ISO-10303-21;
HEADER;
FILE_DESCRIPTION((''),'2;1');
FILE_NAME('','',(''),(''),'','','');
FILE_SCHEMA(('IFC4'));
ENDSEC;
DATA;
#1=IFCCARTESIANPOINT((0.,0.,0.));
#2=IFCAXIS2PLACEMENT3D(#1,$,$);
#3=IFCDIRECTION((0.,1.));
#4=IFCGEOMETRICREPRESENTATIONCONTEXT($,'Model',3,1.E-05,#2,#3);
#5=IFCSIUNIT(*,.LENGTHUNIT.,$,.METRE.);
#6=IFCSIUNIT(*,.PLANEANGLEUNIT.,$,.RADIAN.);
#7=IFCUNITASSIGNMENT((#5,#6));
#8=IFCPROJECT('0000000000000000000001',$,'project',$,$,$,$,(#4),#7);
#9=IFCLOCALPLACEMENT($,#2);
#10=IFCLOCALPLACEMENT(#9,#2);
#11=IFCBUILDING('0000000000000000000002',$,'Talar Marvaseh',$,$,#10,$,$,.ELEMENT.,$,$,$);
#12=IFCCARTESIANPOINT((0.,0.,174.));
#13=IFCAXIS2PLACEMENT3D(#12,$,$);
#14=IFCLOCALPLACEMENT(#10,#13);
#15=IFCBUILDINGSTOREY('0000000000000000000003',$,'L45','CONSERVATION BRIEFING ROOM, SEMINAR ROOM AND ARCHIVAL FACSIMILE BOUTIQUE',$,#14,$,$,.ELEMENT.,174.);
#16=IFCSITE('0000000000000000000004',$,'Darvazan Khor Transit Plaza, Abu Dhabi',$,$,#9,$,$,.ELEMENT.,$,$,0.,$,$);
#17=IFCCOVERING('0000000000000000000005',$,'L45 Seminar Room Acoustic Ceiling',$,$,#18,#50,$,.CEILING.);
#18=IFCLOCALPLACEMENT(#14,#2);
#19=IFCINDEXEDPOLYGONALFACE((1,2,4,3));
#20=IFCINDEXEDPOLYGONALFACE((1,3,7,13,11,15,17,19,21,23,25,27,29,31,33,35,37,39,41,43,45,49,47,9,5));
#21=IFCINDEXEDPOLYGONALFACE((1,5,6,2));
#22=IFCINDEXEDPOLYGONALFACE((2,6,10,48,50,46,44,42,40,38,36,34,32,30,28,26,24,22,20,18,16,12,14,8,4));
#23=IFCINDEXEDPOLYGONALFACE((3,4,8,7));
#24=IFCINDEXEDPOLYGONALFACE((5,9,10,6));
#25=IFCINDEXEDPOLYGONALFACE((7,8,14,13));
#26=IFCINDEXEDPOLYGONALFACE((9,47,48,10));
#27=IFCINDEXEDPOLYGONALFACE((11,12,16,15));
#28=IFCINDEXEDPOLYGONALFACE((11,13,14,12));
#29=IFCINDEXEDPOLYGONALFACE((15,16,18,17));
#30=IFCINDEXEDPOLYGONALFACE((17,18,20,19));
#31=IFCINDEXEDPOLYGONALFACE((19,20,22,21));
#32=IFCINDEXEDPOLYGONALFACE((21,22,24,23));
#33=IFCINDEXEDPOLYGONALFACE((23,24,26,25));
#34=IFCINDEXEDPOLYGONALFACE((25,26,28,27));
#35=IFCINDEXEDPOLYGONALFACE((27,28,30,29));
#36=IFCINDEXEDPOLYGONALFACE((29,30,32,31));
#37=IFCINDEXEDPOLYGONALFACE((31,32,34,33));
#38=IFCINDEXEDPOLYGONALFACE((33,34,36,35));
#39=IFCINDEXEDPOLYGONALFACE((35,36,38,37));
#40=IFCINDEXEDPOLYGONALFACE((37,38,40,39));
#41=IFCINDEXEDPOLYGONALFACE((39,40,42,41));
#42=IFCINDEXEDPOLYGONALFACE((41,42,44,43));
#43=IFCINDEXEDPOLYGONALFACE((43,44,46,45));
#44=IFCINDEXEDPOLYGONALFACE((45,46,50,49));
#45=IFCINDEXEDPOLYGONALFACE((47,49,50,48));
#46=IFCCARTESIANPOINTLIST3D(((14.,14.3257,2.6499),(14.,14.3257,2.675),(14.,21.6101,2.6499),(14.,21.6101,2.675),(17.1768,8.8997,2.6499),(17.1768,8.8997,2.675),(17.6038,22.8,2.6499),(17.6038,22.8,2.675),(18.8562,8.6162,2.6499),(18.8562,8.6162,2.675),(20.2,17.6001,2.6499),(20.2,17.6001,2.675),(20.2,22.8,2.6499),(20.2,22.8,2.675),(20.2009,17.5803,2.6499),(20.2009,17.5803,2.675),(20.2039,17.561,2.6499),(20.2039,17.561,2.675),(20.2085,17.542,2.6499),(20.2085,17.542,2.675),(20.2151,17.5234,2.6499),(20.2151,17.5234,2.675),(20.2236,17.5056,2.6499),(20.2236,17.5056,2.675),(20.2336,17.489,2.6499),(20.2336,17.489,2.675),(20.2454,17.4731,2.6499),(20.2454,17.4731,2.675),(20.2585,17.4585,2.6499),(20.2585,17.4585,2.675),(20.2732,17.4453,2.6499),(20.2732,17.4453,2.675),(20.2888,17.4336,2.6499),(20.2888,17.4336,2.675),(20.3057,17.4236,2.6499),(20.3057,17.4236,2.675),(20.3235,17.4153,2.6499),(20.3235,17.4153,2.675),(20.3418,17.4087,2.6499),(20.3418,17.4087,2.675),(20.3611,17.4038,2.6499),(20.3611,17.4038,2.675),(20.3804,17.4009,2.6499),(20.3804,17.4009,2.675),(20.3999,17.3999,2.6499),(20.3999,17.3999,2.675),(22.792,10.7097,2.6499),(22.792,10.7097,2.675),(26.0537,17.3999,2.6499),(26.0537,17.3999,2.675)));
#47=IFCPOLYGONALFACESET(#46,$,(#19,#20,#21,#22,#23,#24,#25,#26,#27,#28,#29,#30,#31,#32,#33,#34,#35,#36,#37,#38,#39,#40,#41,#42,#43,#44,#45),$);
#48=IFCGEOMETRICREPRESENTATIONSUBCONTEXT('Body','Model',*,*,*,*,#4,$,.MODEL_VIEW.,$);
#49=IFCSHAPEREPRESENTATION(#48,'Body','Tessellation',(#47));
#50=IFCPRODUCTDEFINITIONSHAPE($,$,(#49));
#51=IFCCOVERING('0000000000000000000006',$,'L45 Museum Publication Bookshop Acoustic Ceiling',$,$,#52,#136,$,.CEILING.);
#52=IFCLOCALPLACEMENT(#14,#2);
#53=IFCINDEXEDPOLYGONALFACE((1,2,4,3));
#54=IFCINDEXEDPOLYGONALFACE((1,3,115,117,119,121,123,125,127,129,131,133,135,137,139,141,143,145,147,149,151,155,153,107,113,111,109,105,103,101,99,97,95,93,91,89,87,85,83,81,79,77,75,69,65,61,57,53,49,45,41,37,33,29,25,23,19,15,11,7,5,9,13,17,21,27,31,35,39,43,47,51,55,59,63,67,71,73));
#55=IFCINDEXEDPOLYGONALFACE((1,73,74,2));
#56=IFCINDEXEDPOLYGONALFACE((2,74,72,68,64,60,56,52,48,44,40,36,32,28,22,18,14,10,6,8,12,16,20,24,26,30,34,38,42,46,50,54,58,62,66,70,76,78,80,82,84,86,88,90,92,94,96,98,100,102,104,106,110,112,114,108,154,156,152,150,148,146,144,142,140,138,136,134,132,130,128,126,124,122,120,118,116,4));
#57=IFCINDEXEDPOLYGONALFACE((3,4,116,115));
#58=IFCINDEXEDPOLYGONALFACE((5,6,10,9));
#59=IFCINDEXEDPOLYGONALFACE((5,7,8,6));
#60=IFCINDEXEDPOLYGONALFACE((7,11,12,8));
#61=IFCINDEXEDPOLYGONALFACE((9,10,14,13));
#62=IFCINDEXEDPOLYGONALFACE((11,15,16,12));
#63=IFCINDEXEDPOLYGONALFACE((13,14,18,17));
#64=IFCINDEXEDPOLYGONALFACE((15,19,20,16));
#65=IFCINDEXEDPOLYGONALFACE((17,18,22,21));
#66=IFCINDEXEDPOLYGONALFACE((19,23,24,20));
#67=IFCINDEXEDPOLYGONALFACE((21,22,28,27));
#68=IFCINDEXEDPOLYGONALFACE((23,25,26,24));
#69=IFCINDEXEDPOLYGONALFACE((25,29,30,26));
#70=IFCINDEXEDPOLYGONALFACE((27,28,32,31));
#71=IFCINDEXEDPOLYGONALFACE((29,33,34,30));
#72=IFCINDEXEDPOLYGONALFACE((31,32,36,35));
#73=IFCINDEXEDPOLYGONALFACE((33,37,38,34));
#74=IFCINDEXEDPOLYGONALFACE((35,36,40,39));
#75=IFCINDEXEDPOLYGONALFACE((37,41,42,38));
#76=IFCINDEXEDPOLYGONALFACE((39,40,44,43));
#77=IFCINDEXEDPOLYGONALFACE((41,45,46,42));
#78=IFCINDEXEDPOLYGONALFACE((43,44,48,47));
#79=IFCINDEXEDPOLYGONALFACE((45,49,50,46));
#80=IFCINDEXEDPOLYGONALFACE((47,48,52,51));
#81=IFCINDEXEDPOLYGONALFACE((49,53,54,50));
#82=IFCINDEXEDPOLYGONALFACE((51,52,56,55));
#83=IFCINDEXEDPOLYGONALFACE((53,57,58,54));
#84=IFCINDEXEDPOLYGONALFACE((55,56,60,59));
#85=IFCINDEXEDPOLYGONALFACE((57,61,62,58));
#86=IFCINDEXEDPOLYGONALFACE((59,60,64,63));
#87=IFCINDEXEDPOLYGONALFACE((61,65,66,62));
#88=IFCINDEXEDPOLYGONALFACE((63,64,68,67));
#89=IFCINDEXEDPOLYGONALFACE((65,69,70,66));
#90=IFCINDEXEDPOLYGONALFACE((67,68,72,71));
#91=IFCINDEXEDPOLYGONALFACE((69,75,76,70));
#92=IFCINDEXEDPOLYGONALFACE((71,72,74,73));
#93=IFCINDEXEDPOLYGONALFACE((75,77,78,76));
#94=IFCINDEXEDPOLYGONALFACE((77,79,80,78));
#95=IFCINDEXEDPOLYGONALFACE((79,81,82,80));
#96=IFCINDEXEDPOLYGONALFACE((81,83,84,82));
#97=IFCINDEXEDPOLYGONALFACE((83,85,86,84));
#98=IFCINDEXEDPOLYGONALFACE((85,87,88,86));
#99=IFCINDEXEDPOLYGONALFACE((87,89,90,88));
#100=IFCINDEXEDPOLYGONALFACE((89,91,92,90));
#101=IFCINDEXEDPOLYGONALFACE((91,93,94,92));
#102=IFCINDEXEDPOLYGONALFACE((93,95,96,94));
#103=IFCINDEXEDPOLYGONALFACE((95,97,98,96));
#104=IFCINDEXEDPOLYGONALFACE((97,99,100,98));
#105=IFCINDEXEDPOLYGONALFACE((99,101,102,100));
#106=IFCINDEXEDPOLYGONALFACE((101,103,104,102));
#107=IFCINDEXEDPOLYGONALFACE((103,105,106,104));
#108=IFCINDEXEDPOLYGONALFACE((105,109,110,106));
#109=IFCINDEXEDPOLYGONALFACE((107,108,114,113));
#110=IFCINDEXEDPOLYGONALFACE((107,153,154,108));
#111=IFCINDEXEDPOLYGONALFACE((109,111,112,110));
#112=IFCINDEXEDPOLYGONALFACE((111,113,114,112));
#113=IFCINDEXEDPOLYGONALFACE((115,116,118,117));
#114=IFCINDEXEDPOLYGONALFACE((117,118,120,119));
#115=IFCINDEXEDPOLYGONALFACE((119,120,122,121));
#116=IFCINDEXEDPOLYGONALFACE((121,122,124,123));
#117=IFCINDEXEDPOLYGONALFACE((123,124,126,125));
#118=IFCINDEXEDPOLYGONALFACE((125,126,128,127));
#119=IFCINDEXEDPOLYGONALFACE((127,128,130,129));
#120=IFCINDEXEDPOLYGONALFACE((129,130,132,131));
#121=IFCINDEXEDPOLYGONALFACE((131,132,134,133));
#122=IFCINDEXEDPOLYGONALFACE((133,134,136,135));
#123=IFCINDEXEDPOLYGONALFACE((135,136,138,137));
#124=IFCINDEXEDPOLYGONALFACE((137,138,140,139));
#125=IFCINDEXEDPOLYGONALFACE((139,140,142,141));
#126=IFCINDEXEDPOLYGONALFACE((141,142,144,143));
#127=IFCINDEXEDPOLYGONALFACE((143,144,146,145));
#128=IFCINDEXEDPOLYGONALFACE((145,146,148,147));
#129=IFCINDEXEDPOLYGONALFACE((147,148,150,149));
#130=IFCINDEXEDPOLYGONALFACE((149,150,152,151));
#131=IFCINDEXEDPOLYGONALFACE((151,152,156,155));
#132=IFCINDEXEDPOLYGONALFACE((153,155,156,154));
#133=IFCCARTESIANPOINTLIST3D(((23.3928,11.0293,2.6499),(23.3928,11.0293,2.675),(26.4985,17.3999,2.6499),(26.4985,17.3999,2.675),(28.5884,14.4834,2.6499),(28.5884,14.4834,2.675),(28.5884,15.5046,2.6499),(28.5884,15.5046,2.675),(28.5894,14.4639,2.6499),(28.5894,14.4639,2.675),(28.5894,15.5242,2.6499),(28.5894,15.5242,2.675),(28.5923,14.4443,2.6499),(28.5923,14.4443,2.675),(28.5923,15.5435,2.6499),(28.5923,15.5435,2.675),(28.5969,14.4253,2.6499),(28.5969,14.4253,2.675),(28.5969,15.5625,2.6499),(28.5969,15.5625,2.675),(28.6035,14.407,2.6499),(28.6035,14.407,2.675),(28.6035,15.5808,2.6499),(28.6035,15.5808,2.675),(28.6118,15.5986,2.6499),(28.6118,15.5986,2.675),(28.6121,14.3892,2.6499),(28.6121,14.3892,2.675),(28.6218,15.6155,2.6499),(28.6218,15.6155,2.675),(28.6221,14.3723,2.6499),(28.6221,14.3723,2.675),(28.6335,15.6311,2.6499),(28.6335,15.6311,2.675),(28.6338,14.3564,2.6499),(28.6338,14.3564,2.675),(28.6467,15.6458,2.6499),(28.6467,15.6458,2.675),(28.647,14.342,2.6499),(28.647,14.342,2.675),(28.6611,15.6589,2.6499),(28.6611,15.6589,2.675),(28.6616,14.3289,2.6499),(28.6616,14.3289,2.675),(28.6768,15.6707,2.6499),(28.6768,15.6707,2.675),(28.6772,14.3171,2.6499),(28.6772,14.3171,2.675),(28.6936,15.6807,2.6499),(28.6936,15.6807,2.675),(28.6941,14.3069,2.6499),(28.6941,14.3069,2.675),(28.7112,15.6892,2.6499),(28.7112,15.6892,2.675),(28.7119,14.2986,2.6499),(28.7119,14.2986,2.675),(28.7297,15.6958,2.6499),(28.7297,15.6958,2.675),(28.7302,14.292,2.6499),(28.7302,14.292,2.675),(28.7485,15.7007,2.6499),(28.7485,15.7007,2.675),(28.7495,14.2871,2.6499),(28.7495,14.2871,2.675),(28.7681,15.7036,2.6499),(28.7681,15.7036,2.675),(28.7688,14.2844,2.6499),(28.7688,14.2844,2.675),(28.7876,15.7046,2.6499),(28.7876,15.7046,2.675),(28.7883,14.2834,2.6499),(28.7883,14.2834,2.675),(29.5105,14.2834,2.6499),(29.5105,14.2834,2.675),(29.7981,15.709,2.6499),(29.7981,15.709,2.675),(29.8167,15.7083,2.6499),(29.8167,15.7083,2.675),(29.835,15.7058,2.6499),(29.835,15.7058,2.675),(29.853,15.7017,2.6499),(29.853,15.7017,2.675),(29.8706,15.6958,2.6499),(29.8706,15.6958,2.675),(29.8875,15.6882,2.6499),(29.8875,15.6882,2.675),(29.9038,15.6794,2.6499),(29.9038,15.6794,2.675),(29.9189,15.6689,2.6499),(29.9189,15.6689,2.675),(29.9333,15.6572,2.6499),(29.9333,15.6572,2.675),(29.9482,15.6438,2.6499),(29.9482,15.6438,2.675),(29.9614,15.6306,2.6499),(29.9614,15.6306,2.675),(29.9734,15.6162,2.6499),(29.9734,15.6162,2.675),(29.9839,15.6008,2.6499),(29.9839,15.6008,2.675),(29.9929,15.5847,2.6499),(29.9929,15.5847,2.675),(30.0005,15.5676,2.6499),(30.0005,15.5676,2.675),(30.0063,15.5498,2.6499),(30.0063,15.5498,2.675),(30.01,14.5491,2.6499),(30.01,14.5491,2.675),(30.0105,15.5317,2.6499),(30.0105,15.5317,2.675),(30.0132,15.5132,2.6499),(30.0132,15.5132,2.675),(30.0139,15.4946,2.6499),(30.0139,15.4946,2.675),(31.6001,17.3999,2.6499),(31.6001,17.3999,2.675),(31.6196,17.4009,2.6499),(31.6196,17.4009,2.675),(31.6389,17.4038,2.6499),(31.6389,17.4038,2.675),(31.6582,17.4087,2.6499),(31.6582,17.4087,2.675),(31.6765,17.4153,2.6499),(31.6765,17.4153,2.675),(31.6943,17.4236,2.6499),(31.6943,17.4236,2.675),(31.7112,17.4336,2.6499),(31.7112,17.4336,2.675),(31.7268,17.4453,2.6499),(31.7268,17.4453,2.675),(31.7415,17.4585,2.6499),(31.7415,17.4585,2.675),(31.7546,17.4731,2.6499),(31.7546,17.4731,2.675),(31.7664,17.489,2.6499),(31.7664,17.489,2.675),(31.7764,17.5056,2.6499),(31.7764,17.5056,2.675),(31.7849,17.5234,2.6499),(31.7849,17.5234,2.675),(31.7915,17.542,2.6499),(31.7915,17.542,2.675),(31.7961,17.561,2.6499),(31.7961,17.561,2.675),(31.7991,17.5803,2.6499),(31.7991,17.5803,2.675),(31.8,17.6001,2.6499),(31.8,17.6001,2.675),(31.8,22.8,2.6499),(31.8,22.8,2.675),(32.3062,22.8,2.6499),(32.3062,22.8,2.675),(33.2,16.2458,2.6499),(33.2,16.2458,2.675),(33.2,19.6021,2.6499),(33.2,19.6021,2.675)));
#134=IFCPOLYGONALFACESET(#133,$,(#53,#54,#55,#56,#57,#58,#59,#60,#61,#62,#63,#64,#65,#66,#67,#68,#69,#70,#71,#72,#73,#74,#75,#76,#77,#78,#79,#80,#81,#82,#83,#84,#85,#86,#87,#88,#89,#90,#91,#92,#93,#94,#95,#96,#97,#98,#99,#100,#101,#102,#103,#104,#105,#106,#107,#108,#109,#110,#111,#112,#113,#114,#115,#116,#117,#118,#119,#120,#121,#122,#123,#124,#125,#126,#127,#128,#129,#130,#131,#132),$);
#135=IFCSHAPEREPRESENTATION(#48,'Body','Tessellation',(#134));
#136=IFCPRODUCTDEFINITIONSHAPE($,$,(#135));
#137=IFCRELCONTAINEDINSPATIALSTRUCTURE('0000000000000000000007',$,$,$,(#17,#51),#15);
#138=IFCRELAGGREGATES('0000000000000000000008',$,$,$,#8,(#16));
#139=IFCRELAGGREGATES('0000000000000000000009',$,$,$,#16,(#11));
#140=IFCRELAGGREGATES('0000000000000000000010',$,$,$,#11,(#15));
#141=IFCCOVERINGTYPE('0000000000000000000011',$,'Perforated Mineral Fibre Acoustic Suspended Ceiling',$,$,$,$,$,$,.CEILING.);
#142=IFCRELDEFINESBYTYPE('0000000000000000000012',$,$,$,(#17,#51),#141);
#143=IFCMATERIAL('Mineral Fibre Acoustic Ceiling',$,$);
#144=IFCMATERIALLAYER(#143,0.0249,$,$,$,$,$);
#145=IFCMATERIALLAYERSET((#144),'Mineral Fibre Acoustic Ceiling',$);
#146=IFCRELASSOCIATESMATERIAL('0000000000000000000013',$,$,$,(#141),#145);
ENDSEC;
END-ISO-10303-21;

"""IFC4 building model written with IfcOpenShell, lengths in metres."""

from ifc_helpers import new_model, si_unit, direction, frame, origin, place, context, subcontext, project, spatial, polyline, outline, extrude, material, layer, layer_set, type_object, element, save


model = new_model("IFC4")

# Units and contexts
model_context = context("Model", 3, precision=1e-05, world=origin(), true_north=direction((0.0, 1.0)))
body_context = subcontext(model_context, "Body", "Model", "MODEL_VIEW")
ifc_project = project(units=[si_unit("LENGTHUNIT", "METRE"), si_unit("PLANEANGLEUNIT", "RADIAN")], contexts=[model_context])

# Site, building, storey
site_placement = place(None, origin())
site = spatial("IfcSite", under=ifc_project, at=site_placement, Name="Darvazan Khor Transit Plaza, Abu Dhabi", CompositionType="ELEMENT", RefElevation=0.0)
building_placement = place(site_placement, origin())
building = spatial("IfcBuilding", under=site, at=building_placement, Name="Talar Marvaseh", CompositionType="ELEMENT")
storey_placement = place(building_placement, frame((0.0, 0.0, 174.0)))
storey = spatial("IfcBuildingStorey", under=building, at=storey_placement, Name="L45", Description="CONSERVATION BRIEFING ROOM, SEMINAR ROOM AND ARCHIVAL FACSIMILE BOUTIQUE", CompositionType="ELEMENT", Elevation=174.0)

# Coverings
ifc_material_1 = material(Name="Mineral Fibre Acoustic Ceiling")
ifc_layer_1 = layer(ifc_material_1, 0.0249)
ifc_layer_set_1 = layer_set([ifc_layer_1], Name="Mineral Fibre Acoustic Ceiling")
covering_type_1 = type_object("IfcCoveringType", Name="Perforated Mineral Fibre Acoustic Suspended Ceiling", PredefinedType="CEILING", material=ifc_layer_set_1)
covering_1_placement = place(storey_placement, frame((0.0, 0.0, 2.6499)))
element("IfcCovering", 1, at=covering_1_placement, inside=storey, type_object=covering_type_1, Name="L45 Seminar Room Acoustic Ceiling", PredefinedType="CEILING", context=body_context, shape_type="SweptSolid", body=[
    extrude(outline(polyline([(14.0, 21.6101), (17.6038, 22.8), (20.2, 22.8), (20.2, 17.6001), (20.2009, 17.5803), (20.2039, 17.561), (20.2085, 17.542), (20.2151, 17.5234), (20.2236, 17.5056), (20.2336, 17.489), (20.2454, 17.4731), (20.2585, 17.4585), (20.2732, 17.4453), (20.2888, 17.4336), (20.3057, 17.4236), (20.3235, 17.4153), (20.3418, 17.4087), (20.3611, 17.4038), (20.3804, 17.4009), (20.3999, 17.3999), (26.0537, 17.3999), (22.792, 10.7097), (18.8562, 8.6162), (17.1768, 8.8997), (14.0, 14.3257), (14.0, 21.6101)])), origin(), (0.0, 0.0, 1.0), 0.0251),
])
covering_2_placement = place(storey_placement, frame((0.0, 0.0, 2.6499)))
element("IfcCovering", 2, at=covering_2_placement, inside=storey, type_object=covering_type_1, Name="L45 Museum Publication Bookshop Acoustic Ceiling", PredefinedType="CEILING", context=body_context, shape_type="SweptSolid", body=[
    extrude(outline(polyline([(31.6196, 17.4009), (31.6389, 17.4038), (31.6582, 17.4087), (31.6765, 17.4153), (31.6943, 17.4236), (31.7112, 17.4336), (31.7268, 17.4453), (31.7415, 17.4585), (31.7546, 17.4731), (31.7664, 17.489), (31.7764, 17.5056), (31.7849, 17.5234), (31.7915, 17.542), (31.7961, 17.561), (31.7991, 17.5803), (31.8, 17.6001), (31.8, 22.8), (32.3062, 22.8), (33.2, 19.6021), (33.2, 16.2458), (30.01, 14.5491), (30.0139, 15.4946), (30.0132, 15.5132), (30.0105, 15.5317), (30.0063, 15.5498), (30.0005, 15.5676), (29.9929, 15.5847), (29.9839, 15.6008), (29.9734, 15.6162), (29.9614, 15.6306), (29.9482, 15.6438), (29.9333, 15.6572), (29.9189, 15.6689), (29.9038, 15.6794), (29.8875, 15.6882), (29.8706, 15.6958), (29.853, 15.7017), (29.835, 15.7058), (29.8167, 15.7083), (29.7981, 15.709), (28.7876, 15.7046), (28.7681, 15.7036), (28.7485, 15.7007), (28.7297, 15.6958), (28.7112, 15.6892), (28.6936, 15.6807), (28.6768, 15.6707), (28.6611, 15.6589), (28.6467, 15.6458), (28.6335, 15.6311), (28.6218, 15.6155), (28.6118, 15.5986), (28.6035, 15.5808), (28.5969, 15.5625), (28.5923, 15.5435), (28.5894, 15.5242), (28.5884, 15.5046), (28.5884, 14.4834), (28.5894, 14.4639), (28.5923, 14.4443), (28.5969, 14.4253), (28.6035, 14.407), (28.6121, 14.3892), (28.6221, 14.3723), (28.6338, 14.3564), (28.647, 14.342), (28.6616, 14.3289), (28.6772, 14.3171), (28.6941, 14.3069), (28.7119, 14.2986), (28.7302, 14.292), (28.7495, 14.2871), (28.7688, 14.2844), (28.7883, 14.2834), (29.5105, 14.2834), (23.3928, 11.0293), (26.4985, 17.3999), (31.6001, 17.3999), (31.6196, 17.4009)])), origin(), (0.0, 0.0, 1.0), 0.0251),
])

save(model, "model.ifc")
